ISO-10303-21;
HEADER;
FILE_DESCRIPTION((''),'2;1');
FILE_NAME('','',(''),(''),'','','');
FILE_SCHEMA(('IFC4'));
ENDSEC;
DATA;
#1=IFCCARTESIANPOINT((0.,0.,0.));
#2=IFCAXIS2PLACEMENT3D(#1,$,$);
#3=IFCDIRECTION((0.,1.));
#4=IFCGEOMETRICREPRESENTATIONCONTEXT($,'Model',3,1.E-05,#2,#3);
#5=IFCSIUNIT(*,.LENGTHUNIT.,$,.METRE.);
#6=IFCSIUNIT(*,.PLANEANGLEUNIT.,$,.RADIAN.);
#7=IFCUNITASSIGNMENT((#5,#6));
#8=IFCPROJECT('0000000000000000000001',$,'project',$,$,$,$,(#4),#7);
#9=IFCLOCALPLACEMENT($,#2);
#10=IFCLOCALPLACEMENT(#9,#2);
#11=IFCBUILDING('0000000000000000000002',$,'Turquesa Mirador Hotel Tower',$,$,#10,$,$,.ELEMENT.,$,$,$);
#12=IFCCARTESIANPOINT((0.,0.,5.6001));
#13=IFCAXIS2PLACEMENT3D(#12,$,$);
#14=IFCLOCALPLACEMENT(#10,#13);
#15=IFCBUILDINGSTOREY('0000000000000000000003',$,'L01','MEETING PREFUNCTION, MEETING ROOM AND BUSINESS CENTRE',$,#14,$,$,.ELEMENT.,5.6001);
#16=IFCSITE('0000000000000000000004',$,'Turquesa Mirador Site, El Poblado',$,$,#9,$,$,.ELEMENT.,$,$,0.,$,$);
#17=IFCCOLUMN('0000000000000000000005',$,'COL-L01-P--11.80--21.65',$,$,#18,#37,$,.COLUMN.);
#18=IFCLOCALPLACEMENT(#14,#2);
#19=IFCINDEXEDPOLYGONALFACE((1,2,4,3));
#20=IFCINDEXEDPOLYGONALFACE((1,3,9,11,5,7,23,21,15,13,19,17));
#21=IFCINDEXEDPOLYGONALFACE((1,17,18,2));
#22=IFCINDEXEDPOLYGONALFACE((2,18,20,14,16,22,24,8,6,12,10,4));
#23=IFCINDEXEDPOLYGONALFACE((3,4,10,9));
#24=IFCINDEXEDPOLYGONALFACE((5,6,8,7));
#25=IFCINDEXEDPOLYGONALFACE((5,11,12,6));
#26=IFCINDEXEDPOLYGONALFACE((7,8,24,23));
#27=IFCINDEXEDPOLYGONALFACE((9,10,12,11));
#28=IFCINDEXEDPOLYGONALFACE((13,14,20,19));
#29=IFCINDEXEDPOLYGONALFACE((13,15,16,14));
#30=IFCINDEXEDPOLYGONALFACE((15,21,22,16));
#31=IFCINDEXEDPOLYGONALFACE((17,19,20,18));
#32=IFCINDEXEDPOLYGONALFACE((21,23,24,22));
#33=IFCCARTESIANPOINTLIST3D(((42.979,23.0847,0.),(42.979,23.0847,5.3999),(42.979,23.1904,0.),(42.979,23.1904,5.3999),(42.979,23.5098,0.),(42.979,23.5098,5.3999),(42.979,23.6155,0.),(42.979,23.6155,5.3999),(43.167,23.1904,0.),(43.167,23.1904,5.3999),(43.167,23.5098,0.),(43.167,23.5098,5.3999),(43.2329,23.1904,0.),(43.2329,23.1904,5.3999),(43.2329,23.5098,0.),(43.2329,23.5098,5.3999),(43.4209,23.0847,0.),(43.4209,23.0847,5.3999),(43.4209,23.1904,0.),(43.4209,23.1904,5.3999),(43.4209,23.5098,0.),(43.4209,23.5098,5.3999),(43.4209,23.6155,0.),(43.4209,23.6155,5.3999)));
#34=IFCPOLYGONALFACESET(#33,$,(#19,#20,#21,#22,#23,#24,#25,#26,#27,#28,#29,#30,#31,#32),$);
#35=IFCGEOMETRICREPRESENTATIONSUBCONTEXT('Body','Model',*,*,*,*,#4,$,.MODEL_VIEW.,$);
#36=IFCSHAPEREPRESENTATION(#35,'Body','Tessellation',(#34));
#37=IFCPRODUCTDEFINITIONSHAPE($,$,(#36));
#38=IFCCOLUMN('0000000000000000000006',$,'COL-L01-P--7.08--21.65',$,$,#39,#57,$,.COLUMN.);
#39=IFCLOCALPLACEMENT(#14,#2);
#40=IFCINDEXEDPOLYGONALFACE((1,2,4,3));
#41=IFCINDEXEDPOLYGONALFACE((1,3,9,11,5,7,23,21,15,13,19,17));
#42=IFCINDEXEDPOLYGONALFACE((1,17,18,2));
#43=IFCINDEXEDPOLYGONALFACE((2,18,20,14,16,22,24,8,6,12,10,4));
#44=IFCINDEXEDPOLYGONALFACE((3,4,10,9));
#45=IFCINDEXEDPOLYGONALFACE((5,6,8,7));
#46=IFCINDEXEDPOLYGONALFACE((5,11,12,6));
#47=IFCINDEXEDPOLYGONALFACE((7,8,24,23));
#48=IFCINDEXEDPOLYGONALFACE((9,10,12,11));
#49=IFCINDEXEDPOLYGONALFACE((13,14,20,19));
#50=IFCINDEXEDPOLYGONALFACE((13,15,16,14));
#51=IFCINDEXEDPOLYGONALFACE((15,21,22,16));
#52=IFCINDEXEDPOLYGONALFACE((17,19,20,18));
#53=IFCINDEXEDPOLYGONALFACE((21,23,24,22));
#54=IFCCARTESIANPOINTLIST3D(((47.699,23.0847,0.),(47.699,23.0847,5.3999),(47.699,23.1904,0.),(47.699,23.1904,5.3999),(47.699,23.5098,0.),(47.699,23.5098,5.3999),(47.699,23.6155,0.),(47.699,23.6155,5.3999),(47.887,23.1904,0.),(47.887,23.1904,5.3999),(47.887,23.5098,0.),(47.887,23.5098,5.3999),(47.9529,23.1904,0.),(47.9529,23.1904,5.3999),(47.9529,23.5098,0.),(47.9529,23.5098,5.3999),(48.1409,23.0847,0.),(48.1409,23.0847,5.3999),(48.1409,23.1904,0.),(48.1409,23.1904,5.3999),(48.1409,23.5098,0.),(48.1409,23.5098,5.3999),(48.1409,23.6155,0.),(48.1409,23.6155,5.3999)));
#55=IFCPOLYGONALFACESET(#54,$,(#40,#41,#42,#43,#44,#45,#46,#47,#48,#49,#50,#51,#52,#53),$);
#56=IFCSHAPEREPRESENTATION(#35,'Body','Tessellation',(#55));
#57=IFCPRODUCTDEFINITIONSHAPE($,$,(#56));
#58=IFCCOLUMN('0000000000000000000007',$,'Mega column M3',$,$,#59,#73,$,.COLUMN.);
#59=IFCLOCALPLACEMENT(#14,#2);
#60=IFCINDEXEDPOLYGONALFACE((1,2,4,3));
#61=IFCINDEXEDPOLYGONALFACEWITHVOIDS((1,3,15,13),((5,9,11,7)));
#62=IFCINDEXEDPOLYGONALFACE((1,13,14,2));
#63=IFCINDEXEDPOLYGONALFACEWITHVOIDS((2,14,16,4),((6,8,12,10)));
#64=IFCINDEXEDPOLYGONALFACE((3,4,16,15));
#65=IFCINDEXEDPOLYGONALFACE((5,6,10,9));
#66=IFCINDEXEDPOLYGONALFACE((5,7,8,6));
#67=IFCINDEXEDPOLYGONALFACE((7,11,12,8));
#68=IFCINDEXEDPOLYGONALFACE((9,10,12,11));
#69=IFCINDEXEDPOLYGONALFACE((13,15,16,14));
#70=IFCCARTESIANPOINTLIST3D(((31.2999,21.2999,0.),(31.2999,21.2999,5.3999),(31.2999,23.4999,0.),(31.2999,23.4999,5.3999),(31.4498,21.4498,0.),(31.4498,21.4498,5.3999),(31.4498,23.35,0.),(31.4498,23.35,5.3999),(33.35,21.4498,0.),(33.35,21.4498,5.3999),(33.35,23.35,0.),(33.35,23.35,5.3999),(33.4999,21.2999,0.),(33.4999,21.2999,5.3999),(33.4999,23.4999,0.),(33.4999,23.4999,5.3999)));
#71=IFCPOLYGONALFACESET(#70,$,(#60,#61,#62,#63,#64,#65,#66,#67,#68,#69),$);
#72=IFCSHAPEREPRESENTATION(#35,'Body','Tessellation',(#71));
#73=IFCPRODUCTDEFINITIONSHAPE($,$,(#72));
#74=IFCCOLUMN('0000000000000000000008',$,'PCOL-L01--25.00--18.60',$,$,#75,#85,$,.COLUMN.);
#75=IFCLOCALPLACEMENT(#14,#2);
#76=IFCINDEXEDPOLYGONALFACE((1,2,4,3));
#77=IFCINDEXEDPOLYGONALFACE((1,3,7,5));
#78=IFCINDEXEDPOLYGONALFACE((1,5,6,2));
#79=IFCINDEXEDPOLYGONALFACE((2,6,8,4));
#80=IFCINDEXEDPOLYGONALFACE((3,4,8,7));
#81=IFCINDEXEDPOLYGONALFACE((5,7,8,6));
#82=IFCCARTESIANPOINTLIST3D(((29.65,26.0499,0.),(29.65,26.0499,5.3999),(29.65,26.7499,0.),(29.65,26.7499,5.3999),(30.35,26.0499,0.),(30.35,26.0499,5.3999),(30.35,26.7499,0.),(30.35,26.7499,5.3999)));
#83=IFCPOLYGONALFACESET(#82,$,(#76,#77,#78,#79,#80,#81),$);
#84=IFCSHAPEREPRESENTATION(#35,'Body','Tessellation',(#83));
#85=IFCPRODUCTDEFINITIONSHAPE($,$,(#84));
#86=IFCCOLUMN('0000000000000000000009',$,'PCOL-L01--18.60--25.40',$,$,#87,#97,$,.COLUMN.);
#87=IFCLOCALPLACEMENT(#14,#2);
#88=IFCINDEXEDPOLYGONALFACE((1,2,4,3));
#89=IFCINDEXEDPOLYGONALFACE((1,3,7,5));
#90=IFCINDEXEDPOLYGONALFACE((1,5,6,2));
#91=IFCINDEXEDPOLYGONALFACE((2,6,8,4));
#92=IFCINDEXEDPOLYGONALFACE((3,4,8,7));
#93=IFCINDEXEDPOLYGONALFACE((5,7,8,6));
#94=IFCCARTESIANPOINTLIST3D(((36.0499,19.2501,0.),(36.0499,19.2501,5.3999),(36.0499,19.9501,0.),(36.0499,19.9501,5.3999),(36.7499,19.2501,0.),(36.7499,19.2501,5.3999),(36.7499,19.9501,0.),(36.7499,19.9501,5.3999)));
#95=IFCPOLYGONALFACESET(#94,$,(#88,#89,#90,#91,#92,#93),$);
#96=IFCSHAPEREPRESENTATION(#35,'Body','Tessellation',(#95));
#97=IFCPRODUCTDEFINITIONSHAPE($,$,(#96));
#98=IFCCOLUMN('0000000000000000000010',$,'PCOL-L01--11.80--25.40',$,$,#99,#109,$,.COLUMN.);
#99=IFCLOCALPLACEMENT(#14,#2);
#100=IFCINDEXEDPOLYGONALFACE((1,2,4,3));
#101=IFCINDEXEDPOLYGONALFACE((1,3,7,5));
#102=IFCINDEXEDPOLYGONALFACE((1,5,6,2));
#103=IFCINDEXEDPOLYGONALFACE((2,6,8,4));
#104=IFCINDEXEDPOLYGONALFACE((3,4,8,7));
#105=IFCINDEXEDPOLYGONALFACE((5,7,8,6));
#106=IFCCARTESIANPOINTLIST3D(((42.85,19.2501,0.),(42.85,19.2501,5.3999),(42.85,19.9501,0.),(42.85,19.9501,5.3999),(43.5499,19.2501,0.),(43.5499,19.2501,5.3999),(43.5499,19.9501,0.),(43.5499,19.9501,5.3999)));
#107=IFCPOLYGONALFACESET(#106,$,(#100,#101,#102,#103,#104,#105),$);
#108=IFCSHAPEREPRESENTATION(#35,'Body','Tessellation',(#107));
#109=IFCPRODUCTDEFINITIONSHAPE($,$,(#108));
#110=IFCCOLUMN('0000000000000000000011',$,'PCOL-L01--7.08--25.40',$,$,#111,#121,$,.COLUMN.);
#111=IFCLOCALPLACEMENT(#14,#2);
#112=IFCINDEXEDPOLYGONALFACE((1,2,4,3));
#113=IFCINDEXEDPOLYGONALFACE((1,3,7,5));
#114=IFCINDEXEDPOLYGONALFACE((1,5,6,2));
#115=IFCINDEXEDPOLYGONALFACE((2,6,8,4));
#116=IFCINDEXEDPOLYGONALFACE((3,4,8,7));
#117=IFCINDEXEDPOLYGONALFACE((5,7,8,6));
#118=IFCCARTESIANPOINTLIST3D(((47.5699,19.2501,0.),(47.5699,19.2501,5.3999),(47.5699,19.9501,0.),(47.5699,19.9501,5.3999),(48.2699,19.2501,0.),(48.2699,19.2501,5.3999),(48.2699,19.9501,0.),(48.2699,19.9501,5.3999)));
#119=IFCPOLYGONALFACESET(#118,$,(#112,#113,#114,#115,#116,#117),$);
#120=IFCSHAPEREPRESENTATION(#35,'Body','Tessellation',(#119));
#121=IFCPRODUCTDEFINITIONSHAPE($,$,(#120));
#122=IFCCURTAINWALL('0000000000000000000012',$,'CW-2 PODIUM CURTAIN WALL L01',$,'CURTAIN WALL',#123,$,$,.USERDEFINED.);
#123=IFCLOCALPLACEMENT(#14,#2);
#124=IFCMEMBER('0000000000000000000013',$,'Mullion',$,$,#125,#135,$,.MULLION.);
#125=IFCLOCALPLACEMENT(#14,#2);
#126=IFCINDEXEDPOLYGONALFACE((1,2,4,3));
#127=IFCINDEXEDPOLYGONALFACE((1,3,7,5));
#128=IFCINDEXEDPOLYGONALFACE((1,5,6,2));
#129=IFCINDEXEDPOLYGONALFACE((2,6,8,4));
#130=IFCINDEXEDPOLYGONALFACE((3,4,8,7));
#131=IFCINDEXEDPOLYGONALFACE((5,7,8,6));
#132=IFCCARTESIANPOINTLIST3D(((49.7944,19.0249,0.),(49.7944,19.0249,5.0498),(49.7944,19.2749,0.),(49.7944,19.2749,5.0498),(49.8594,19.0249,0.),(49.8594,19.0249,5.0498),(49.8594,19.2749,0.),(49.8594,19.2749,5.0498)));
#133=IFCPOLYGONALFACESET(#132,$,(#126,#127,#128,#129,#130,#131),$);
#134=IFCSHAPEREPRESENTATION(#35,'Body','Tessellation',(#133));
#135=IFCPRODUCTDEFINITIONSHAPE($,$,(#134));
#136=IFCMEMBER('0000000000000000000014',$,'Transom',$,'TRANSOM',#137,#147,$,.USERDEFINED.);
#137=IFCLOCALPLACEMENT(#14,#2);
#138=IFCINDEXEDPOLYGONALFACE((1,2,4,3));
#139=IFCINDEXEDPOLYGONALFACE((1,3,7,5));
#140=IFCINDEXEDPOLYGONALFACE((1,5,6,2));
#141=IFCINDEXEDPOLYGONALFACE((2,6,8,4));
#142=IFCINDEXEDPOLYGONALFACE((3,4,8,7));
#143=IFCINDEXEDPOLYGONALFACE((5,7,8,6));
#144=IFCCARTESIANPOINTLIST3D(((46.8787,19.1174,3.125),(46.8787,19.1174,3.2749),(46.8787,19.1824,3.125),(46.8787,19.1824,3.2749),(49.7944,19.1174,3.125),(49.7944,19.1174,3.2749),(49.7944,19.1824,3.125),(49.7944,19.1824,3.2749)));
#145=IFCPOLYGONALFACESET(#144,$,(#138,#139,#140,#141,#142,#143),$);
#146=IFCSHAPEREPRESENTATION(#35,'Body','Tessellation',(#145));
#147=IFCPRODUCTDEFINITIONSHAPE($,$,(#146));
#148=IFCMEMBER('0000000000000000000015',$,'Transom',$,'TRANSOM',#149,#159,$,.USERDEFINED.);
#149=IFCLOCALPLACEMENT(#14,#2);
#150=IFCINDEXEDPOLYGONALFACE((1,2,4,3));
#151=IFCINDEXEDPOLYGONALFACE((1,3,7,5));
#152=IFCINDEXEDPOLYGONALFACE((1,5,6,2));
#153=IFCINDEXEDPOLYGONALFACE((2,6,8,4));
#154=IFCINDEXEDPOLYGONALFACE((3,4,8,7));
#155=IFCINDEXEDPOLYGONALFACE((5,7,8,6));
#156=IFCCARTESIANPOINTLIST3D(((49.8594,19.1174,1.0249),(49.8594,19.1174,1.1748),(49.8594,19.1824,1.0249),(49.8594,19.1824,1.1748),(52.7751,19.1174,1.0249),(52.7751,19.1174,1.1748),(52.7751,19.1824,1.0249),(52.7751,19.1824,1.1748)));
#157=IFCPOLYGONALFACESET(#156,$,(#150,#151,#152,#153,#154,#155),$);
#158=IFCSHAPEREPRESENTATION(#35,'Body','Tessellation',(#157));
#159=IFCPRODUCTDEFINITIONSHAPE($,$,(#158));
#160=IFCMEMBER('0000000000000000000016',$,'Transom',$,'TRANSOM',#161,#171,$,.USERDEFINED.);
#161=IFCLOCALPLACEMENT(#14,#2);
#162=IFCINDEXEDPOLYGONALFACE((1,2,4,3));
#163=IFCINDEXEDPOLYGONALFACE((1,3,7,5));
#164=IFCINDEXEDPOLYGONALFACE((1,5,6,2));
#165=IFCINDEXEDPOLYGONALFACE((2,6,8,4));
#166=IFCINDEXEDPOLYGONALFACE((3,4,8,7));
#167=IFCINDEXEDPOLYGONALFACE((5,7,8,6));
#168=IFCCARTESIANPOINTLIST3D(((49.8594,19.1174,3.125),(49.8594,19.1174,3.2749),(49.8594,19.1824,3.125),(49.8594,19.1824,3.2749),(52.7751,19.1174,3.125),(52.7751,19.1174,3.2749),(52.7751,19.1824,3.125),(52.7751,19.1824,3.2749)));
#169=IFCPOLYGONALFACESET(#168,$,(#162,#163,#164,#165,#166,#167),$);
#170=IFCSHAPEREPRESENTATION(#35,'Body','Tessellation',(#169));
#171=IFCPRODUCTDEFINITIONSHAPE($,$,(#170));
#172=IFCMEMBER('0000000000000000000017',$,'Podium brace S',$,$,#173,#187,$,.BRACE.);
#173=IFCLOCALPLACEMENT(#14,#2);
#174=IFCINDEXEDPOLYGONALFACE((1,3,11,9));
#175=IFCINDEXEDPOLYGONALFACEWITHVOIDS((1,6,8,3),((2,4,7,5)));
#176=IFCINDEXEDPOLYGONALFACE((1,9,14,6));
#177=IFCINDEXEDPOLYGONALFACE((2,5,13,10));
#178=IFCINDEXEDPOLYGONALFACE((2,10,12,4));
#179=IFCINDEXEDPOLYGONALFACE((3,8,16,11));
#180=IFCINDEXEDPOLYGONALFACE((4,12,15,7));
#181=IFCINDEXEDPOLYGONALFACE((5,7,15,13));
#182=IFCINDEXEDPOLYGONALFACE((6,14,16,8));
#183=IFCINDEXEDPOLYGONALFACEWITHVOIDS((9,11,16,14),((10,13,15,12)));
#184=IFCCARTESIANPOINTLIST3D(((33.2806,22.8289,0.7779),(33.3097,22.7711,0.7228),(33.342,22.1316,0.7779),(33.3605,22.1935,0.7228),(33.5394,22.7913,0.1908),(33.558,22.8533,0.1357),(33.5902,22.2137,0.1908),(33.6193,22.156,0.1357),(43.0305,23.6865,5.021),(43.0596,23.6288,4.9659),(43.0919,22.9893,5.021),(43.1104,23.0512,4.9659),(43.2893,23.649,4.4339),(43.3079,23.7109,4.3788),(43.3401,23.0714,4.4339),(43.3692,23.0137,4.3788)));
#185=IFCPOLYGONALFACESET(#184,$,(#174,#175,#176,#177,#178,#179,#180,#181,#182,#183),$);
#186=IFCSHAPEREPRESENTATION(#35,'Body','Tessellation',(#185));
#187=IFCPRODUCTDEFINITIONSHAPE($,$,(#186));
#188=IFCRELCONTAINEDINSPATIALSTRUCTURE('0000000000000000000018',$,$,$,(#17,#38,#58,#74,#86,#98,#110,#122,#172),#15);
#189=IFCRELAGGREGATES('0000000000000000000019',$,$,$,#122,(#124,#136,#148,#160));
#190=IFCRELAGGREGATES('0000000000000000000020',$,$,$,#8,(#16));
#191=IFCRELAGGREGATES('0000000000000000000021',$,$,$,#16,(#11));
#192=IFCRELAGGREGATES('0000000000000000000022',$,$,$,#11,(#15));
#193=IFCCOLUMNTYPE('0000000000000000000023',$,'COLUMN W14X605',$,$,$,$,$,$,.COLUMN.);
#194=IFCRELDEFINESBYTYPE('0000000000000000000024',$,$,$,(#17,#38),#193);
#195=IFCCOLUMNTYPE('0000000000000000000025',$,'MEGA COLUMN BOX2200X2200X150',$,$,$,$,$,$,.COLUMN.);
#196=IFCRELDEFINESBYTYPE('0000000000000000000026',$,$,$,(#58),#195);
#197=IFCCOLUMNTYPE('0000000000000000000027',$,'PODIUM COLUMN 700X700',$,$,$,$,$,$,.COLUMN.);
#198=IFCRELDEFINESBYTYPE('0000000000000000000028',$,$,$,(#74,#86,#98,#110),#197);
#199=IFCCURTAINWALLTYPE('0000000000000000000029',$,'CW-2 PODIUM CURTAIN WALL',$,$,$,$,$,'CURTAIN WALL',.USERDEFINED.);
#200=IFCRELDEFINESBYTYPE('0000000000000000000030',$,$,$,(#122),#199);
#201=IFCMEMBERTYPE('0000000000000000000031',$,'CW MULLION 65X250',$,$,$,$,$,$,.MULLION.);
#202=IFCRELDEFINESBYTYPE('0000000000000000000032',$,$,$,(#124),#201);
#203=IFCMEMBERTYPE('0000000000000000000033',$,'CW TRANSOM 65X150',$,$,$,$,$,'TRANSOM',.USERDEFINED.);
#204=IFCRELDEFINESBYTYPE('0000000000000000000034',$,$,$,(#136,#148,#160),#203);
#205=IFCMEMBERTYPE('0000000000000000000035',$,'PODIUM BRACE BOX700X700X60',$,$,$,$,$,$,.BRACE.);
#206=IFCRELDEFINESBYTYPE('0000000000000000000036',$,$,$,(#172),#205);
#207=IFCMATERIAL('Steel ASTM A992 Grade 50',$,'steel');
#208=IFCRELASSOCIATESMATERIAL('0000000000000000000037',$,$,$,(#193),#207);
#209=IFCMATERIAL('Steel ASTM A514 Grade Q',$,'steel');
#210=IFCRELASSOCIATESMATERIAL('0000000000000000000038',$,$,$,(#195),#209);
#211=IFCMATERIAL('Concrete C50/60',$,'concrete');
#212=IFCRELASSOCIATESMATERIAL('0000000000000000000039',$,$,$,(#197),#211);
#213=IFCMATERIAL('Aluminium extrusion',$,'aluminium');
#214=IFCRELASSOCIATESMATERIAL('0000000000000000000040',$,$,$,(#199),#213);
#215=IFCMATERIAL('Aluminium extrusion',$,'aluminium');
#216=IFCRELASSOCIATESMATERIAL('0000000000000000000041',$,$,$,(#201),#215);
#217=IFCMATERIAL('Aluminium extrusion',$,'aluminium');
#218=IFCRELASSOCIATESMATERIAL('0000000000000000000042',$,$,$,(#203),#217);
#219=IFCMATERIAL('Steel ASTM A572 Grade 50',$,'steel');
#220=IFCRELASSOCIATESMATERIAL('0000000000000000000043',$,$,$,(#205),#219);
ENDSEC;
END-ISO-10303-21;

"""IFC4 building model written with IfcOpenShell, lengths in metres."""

from ifc_helpers import new_model, si_unit, direction, frame, origin, origin_2d, place, context, subcontext, project, spatial, rectangle, hollow_rectangle, i_section, extrude, material, material_profile, profile_set, type_object, element, aggregate, save


model = new_model("IFC4")

# Units and contexts
model_context = context("Model", 3, precision=1e-05, world=origin(), true_north=direction((0.0, 1.0)))
body_context = subcontext(model_context, "Body", "Model", "MODEL_VIEW")
ifc_project = project(units=[si_unit("LENGTHUNIT", "METRE"), si_unit("PLANEANGLEUNIT", "RADIAN")], contexts=[model_context])

# Site, building, storey
site_placement = place(None, origin())
site = spatial("IfcSite", under=ifc_project, at=site_placement, Name="Turquesa Mirador Site, El Poblado", CompositionType="ELEMENT", RefElevation=0.0)
building_placement = place(site_placement, origin())
building = spatial("IfcBuilding", under=site, at=building_placement, Name="Turquesa Mirador Hotel Tower", CompositionType="ELEMENT")
storey_placement = place(building_placement, frame((0.0, 0.0, 5.6001)))
storey = spatial("IfcBuildingStorey", under=building, at=storey_placement, Name="L01", Description="MEETING PREFUNCTION, MEETING ROOM AND BUSINESS CENTRE", CompositionType="ELEMENT", Elevation=5.6001)

# Columns
ifc_material_1 = material(Name="Steel ASTM A992 Grade 50", Category="steel")
ifc_material_profile_1 = material_profile(ifc_material_1, i_section(OverallWidth=0.4419, OverallDepth=0.5308, WebThickness=0.0659, FlangeThickness=0.1057, at=origin_2d()), Name="W14X605")
ifc_profile_set_1 = profile_set([ifc_material_profile_1], Name="Steel ASTM A992 Grade 50")
column_type_1 = type_object("IfcColumnType", Name="COLUMN W14X605", PredefinedType="COLUMN", material=ifc_profile_set_1)
for number, where, z_axis, x_axis, name in (
    (1, (43.2, 23.3501, 0.0), (0.0, 0.0, 1.0), (1.0, 0.0, 0.0), "COL-L01-P--11.80--21.65"),
    (2, (47.9199, 23.3501, 0.0), (0.0, 0.0, 1.0), (1.0, 0.0, 0.0), "COL-L01-P--7.08--21.65"),
):
    element("IfcColumn", number, at=place(storey_placement, frame(where, z_axis=z_axis, x_axis=x_axis)), inside=storey, type_object=column_type_1, Name=name, PredefinedType="COLUMN", context=body_context, shape_type="SweptSolid", body=[
        extrude(i_section(OverallWidth=0.4419, OverallDepth=0.5308, WebThickness=0.0659, FlangeThickness=0.1057, at=origin_2d()), origin(), (0.0, 0.0, 1.0), 5.3999),
    ])
ifc_material_2 = material(Name="Steel ASTM A514 Grade Q", Category="steel")
ifc_material_profile_2 = material_profile(ifc_material_2, hollow_rectangle(XDim=2.2, YDim=2.2, WallThickness=0.1499, at=origin_2d()), Name="BOX2200X2200X150")
ifc_profile_set_2 = profile_set([ifc_material_profile_2], Name="Steel ASTM A514 Grade Q")
column_type_2 = type_object("IfcColumnType", Name="MEGA COLUMN BOX2200X2200X150", PredefinedType="COLUMN", material=ifc_profile_set_2)
column_placement = place(storey_placement, frame((32.3999, 22.3999, 0.0), z_axis=(0.0, 0.0, 1.0), x_axis=(1.0, 0.0, 0.0)))
element("IfcColumn", 3, at=column_placement, inside=storey, type_object=column_type_2, Name="Mega column M3", PredefinedType="COLUMN", context=body_context, shape_type="SweptSolid", body=[
    extrude(hollow_rectangle(XDim=2.2, YDim=2.2, WallThickness=0.1499, at=origin_2d()), origin(), (0.0, 0.0, 1.0), 5.3999),
])
ifc_material_3 = material(Name="Concrete C50/60", Category="concrete")
ifc_material_profile_3 = material_profile(ifc_material_3, rectangle(XDim=0.7, YDim=0.7, at=origin_2d()), Name="RC 700X700")
ifc_profile_set_3 = profile_set([ifc_material_profile_3], Name="Concrete C50/60")
column_type_3 = type_object("IfcColumnType", Name="PODIUM COLUMN 700X700", PredefinedType="COLUMN", material=ifc_profile_set_3)
for number, where, z_axis, x_axis, name in (
    (4, (30.0, 26.3999, 0.0), (0.0, 0.0, 1.0), (1.0, 0.0, 0.0), "PCOL-L01--25.00--18.60"),
    (5, (36.3999, 19.6001, 0.0), (0.0, 0.0, 1.0), (1.0, 0.0, 0.0), "PCOL-L01--18.60--25.40"),
    (6, (43.2, 19.6001, 0.0), (0.0, 0.0, 1.0), (1.0, 0.0, 0.0), "PCOL-L01--11.80--25.40"),
    (7, (47.9199, 19.6001, 0.0), (0.0, 0.0, 1.0), (1.0, 0.0, 0.0), "PCOL-L01--7.08--25.40"),
):
    element("IfcColumn", number, at=place(storey_placement, frame(where, z_axis=z_axis, x_axis=x_axis)), inside=storey, type_object=column_type_3, Name=name, PredefinedType="COLUMN", context=body_context, shape_type="SweptSolid", body=[
        extrude(rectangle(XDim=0.7, YDim=0.7, at=origin_2d()), origin(), (0.0, 0.0, 1.0), 5.3999),
    ])

# Curtain wall, members
ifc_material_4 = material(Name="Aluminium extrusion", Category="aluminium")
curtain_wall_type = type_object("IfcCurtainWallType", Name="CW-2 PODIUM CURTAIN WALL", ElementType="CURTAIN WALL", PredefinedType="USERDEFINED", material=ifc_material_4)
curtain_wall_placement = place(storey_placement, origin())
curtain_wall = element("IfcCurtainWall", 8, at=curtain_wall_placement, inside=storey, type_object=curtain_wall_type, Name="CW-2 PODIUM CURTAIN WALL L01", ObjectType="CURTAIN WALL", PredefinedType="USERDEFINED")
ifc_material_5 = material(Name="Aluminium extrusion", Category="aluminium")
ifc_material_profile_4 = material_profile(ifc_material_5, rectangle(XDim=0.0649, YDim=0.25, at=origin_2d()), Name="MULLION 65X250")
ifc_profile_set_4 = profile_set([ifc_material_profile_4], Name="Aluminium extrusion")
member_type_1 = type_object("IfcMemberType", Name="CW MULLION 65X250", PredefinedType="MULLION", material=ifc_profile_set_4)
member_1_placement = place(storey_placement, frame((49.8269, 19.1499, 0.0), z_axis=(0.0, 0.0, 1.0), x_axis=(1.0, 0.0, 0.0)))
member_1 = element("IfcMember", 9, at=member_1_placement, type_object=member_type_1, Name="Mullion", PredefinedType="MULLION", context=body_context, shape_type="SweptSolid", body=[
    extrude(rectangle(XDim=0.0649, YDim=0.25, at=origin_2d()), origin(), (0.0, 0.0, 1.0), 5.0498),
])
ifc_material_6 = material(Name="Aluminium extrusion", Category="aluminium")
ifc_material_profile_5 = material_profile(ifc_material_6, rectangle(XDim=0.0649, YDim=0.1499, at=origin_2d()), Name="TRANSOM 65X150")
ifc_profile_set_5 = profile_set([ifc_material_profile_5], Name="Aluminium extrusion")
member_type_2 = type_object("IfcMemberType", Name="CW TRANSOM 65X150", ElementType="TRANSOM", PredefinedType="USERDEFINED", material=ifc_profile_set_5)
member_2_placement = place(storey_placement, frame((46.8787, 19.1499, 3.2), z_axis=(1.0, 0.0, 0.0), x_axis=(0.0, 1.0, 0.0)))
member_2 = element("IfcMember", 10, at=member_2_placement, type_object=member_type_2, Name="Transom", ObjectType="TRANSOM", PredefinedType="USERDEFINED", context=body_context, shape_type="SweptSolid", body=[
    extrude(rectangle(XDim=0.0649, YDim=0.1499, at=origin_2d()), origin(), (0.0, 0.0, 1.0), 2.9158),
])
member_3_placement = place(storey_placement, frame((49.8594, 19.1499, 1.0999), z_axis=(1.0, 0.0, 0.0), x_axis=(0.0, 1.0, 0.0)))
member_3 = element("IfcMember", 11, at=member_3_placement, type_object=member_type_2, Name="Transom", ObjectType="TRANSOM", PredefinedType="USERDEFINED", context=body_context, shape_type="SweptSolid", body=[
    extrude(rectangle(XDim=0.0649, YDim=0.1499, at=origin_2d()), origin(), (0.0, 0.0, 1.0), 2.9158),
])
member_4_placement = place(storey_placement, frame((49.8594, 19.1499, 3.2), z_axis=(1.0, 0.0, 0.0), x_axis=(0.0, 1.0, 0.0)))
member_4 = element("IfcMember", 12, at=member_4_placement, type_object=member_type_2, Name="Transom", ObjectType="TRANSOM", PredefinedType="USERDEFINED", context=body_context, shape_type="SweptSolid", body=[
    extrude(rectangle(XDim=0.0649, YDim=0.1499, at=origin_2d()), origin(), (0.0, 0.0, 1.0), 2.9158),
])

# Member
ifc_material_7 = material(Name="Steel ASTM A572 Grade 50", Category="steel")
ifc_material_profile_6 = material_profile(ifc_material_7, hollow_rectangle(XDim=0.7, YDim=0.7, WallThickness=0.0601, at=origin_2d()), Name="BOX700X700X60")
ifc_profile_set_6 = profile_set([ifc_material_profile_6], Name="Steel ASTM A572 Grade 50")
member_type_3 = type_object("IfcMemberType", Name="PODIUM BRACE BOX700X700X60", PredefinedType="BRACE", material=ifc_profile_set_6)
for number, where, z_axis, x_axis, name in (
    (13, (33.45, 22.4924, 0.4568), (0.913963, 0.080397, 0.397753), (-0.087627, 0.996153, 0.0), "Podium brace S"),
):
    element("IfcMember", number, at=place(storey_placement, frame(where, z_axis=z_axis, x_axis=x_axis)), inside=storey, type_object=member_type_3, Name=name, PredefinedType="BRACE", context=body_context, shape_type="SweptSolid", body=[
        extrude(hollow_rectangle(XDim=0.7, YDim=0.7, WallThickness=0.0601, at=origin_2d()), origin(), (0.0, 0.0, 1.0), 10.6677),
    ])

aggregate(curtain_wall, [member_1, member_2, member_3, member_4])

save(model, "model.ifc")
